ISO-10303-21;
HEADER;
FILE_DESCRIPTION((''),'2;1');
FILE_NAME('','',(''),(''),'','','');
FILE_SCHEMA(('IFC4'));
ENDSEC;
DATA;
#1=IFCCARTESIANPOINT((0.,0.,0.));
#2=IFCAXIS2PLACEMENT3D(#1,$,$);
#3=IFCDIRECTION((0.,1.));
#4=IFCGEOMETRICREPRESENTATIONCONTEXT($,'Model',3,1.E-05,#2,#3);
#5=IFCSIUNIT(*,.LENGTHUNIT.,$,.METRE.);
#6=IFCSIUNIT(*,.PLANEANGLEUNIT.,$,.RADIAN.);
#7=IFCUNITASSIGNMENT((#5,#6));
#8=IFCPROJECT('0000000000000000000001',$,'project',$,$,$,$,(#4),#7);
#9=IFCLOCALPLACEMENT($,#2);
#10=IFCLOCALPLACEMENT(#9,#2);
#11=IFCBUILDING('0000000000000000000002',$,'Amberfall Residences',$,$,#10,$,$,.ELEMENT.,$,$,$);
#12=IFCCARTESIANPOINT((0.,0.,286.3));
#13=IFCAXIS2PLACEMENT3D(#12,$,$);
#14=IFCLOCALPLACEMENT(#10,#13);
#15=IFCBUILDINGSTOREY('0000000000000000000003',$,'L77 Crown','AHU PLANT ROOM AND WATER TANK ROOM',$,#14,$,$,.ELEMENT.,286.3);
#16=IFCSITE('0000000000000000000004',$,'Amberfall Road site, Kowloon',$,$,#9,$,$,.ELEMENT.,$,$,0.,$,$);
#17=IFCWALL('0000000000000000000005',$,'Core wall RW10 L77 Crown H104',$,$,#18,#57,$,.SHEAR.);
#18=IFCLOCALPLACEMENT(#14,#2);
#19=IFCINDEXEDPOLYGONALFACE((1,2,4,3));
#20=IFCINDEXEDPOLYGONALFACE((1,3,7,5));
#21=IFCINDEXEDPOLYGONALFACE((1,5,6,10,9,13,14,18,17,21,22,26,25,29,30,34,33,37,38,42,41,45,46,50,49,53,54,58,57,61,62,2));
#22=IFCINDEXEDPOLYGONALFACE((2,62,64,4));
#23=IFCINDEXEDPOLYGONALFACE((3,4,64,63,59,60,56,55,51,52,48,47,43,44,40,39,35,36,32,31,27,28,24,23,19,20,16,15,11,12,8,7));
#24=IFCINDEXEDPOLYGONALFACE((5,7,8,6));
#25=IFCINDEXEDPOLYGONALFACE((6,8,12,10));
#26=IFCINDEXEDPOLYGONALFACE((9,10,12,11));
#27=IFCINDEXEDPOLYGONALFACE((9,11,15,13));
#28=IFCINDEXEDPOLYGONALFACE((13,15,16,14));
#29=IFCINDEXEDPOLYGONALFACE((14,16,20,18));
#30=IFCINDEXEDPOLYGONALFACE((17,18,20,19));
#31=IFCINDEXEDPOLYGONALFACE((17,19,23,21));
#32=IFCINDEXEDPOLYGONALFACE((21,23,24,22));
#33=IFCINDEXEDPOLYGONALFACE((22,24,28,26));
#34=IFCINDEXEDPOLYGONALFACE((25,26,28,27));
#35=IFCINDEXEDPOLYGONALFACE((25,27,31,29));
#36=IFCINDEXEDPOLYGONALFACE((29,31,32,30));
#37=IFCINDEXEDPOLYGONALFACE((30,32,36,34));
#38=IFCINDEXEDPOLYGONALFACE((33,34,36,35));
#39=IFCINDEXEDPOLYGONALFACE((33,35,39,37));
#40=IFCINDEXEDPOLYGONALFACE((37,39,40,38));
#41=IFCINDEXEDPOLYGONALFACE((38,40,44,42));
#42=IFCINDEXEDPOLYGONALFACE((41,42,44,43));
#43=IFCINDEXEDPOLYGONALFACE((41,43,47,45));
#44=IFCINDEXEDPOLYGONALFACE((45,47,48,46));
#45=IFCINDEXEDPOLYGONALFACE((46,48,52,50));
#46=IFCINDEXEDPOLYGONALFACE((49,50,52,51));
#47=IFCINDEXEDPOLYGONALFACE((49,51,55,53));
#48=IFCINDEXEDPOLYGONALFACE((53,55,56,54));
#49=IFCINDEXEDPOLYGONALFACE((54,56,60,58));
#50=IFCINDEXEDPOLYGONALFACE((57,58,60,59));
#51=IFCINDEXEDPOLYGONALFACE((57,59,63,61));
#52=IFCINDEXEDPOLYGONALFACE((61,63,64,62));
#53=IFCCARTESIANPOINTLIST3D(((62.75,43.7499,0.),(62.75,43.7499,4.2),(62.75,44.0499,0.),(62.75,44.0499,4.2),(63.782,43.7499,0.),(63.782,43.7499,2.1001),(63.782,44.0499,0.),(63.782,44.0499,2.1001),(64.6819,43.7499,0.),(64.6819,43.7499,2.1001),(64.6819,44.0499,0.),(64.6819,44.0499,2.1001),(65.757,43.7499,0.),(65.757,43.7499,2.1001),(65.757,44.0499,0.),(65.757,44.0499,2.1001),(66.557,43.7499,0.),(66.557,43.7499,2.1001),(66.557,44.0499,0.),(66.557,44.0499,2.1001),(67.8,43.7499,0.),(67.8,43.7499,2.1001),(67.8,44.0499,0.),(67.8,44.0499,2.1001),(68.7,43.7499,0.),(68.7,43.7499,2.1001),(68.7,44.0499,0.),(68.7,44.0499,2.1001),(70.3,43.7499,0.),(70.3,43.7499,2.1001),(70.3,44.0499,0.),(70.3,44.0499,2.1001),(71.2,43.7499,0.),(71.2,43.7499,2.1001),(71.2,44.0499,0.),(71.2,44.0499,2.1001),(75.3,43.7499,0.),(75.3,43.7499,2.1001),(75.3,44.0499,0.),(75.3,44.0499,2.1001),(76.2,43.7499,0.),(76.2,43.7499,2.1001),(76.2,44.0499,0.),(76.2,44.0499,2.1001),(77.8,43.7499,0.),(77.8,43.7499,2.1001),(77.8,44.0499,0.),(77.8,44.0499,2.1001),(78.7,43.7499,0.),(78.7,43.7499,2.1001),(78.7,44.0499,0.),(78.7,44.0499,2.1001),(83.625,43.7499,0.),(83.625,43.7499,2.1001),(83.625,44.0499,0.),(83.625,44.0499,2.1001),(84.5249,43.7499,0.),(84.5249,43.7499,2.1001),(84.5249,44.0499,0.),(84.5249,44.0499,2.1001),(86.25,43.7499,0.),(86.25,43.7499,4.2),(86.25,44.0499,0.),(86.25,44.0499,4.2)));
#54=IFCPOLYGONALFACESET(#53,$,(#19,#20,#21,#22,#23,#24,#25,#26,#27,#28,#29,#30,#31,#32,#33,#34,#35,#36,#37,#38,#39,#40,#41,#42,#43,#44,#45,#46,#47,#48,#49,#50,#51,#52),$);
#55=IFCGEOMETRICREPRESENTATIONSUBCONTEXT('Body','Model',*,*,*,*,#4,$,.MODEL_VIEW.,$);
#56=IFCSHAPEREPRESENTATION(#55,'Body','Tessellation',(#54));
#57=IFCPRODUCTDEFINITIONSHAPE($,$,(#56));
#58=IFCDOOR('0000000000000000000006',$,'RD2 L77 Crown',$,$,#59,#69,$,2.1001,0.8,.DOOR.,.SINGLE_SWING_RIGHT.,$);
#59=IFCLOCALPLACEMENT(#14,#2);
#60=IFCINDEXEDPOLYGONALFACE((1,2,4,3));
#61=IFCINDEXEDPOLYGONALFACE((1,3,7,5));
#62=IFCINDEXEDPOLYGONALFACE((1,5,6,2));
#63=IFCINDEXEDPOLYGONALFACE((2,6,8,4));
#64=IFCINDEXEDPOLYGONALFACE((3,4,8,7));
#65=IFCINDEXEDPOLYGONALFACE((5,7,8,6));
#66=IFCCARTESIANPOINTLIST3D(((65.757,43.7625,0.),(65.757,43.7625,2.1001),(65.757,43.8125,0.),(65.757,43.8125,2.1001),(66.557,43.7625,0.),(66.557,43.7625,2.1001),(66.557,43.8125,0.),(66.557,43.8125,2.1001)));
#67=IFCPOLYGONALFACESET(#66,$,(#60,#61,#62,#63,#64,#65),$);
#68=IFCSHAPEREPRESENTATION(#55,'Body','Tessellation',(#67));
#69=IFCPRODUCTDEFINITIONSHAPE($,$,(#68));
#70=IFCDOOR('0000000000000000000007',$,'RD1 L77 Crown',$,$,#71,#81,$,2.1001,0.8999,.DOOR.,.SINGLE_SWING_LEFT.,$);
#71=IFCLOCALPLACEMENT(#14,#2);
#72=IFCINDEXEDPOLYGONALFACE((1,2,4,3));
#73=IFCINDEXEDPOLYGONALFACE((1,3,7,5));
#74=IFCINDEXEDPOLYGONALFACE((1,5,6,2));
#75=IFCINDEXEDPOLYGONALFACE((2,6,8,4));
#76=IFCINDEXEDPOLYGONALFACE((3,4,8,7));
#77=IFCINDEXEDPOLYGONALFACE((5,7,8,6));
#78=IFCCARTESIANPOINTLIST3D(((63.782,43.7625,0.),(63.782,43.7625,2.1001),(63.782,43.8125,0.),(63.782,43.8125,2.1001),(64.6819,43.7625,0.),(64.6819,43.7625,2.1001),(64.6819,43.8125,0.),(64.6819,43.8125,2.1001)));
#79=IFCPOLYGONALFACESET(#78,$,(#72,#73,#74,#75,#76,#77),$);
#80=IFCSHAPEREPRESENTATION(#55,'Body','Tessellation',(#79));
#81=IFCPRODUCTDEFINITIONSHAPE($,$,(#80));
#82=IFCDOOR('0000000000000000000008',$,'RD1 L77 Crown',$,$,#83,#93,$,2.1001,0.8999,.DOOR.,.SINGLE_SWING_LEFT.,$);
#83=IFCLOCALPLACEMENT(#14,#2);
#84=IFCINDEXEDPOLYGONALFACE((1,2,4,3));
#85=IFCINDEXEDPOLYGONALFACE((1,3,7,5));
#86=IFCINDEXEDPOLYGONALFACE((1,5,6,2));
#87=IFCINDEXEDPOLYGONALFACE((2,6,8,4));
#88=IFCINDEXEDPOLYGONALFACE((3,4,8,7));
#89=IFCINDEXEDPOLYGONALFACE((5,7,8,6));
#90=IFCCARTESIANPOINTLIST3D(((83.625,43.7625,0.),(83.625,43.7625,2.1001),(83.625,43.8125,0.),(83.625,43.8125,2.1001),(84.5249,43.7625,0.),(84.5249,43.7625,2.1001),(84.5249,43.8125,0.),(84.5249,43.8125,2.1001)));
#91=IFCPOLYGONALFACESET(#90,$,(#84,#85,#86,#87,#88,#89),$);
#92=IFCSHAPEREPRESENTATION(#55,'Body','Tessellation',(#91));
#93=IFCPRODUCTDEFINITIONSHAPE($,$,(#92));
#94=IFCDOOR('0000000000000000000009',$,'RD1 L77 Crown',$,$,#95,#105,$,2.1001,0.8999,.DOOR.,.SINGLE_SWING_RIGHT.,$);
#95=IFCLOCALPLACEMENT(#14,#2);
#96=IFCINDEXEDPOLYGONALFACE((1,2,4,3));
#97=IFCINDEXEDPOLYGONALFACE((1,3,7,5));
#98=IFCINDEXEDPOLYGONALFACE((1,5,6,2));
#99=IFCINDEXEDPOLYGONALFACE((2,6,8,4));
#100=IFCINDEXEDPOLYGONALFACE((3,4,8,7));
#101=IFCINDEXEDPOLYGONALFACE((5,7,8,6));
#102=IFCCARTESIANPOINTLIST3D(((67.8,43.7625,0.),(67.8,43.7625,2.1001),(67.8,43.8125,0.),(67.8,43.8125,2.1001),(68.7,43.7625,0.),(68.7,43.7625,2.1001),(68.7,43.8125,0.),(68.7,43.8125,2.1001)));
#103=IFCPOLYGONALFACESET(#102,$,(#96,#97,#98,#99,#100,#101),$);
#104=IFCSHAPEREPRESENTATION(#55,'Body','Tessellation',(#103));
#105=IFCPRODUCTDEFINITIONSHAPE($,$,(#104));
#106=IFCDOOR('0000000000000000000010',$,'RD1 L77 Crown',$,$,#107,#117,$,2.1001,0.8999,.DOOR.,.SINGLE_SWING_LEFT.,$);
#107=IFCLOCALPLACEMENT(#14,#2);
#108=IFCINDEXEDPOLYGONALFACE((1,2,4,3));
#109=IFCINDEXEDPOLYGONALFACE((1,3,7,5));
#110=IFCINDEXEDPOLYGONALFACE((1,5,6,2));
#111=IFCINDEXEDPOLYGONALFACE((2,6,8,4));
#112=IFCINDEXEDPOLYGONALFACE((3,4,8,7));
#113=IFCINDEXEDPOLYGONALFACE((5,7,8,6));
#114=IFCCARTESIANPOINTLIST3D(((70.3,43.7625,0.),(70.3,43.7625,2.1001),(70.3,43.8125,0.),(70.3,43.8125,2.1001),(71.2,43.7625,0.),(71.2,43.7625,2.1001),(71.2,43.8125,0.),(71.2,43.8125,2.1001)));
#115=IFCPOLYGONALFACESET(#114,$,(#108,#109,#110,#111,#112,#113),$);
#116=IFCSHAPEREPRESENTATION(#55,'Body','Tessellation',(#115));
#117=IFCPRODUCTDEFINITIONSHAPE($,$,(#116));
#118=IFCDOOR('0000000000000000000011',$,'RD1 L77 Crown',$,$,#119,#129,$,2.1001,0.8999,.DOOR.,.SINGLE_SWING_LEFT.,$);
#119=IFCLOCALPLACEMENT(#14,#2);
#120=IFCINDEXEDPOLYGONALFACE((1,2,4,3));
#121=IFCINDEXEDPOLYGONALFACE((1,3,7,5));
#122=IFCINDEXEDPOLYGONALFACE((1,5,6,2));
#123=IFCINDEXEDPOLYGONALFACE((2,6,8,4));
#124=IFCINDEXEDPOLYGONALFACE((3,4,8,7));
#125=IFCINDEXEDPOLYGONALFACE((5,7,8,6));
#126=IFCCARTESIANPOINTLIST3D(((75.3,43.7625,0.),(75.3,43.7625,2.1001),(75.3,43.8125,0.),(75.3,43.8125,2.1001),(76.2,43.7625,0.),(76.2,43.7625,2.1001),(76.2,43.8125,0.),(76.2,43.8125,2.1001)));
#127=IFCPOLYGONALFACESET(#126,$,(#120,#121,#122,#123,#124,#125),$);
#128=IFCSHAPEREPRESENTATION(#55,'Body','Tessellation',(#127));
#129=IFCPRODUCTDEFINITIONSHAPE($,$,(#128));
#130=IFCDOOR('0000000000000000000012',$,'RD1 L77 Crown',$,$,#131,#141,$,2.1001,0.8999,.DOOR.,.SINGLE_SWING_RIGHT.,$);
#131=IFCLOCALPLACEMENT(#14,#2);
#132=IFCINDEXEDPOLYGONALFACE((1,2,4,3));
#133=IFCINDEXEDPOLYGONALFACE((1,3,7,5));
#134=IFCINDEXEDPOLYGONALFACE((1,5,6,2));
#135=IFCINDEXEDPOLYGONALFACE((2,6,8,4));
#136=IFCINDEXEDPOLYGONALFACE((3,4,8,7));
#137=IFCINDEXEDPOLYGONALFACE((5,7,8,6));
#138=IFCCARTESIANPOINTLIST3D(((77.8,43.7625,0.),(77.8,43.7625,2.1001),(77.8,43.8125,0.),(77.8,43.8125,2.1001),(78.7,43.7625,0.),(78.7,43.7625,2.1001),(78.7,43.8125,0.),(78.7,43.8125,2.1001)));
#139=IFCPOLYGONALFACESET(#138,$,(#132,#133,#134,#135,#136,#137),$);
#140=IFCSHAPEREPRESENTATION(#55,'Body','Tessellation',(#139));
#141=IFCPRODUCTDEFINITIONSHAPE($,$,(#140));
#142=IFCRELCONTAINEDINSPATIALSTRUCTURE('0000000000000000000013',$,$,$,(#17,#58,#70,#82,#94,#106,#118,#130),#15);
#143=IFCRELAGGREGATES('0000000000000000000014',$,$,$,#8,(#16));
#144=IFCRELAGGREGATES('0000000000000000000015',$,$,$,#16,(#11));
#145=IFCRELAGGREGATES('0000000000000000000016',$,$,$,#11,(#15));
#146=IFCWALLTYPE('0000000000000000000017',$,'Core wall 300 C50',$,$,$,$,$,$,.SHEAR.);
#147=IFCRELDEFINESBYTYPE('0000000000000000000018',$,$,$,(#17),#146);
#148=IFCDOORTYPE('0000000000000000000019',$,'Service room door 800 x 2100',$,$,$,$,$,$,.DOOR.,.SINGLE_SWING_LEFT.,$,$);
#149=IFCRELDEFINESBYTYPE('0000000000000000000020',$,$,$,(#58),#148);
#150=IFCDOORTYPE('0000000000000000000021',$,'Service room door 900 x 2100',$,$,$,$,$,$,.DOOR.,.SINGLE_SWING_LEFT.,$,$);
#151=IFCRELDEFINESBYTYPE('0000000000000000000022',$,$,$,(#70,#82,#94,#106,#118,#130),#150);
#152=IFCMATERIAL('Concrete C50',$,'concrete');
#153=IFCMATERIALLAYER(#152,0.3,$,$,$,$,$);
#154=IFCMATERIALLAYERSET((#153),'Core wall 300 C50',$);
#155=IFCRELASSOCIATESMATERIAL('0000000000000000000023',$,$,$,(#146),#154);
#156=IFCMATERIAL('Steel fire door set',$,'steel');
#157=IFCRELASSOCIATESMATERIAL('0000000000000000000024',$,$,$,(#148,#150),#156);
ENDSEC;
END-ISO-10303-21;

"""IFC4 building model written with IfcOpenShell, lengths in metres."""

from ifc_helpers import new_model, si_unit, direction, frame, frame_2d, origin, place, context, subcontext, project, spatial, rectangle, extrude, material, layer, layer_set, type_object, element, fill, save


model = new_model("IFC4")

# Units and contexts
model_context = context("Model", 3, precision=1e-05, world=origin(), true_north=direction((0.0, 1.0)))
body_context = subcontext(model_context, "Body", "Model", "MODEL_VIEW")
ifc_project = project(units=[si_unit("LENGTHUNIT", "METRE"), si_unit("PLANEANGLEUNIT", "RADIAN")], contexts=[model_context])

# Site, building, storey
site_placement = place(None, origin())
site = spatial("IfcSite", under=ifc_project, at=site_placement, Name="Amberfall Road site, Kowloon", CompositionType="ELEMENT", RefElevation=0.0)
building_placement = place(site_placement, origin())
building = spatial("IfcBuilding", under=site, at=building_placement, Name="Amberfall Residences", CompositionType="ELEMENT")
storey_placement = place(building_placement, frame((0.0, 0.0, 286.3)))
storey = spatial("IfcBuildingStorey", under=building, at=storey_placement, Name="L77 Crown", Description="AHU PLANT ROOM AND WATER TANK ROOM", CompositionType="ELEMENT", Elevation=286.3)

# Wall, openings, doors
ifc_material_1 = material(Name="Concrete C50", Category="concrete")
ifc_layer_1 = layer(ifc_material_1, 0.3)
ifc_layer_set_1 = layer_set([ifc_layer_1], Name="Core wall 300 C50")
wall_type_1 = type_object("IfcWallType", Name="Core wall 300 C50", PredefinedType="SHEAR", material=ifc_layer_set_1)
wall_1_placement = place(storey_placement, frame((62.75, 43.8999, 0.0), z_axis=(0.0, 0.0, 1.0), x_axis=(1.0, 0.0, 0.0)))
wall_1 = element("IfcWall", 1, at=wall_1_placement, inside=storey, type_object=wall_type_1, Name="Core wall RW10 L77 Crown H104", PredefinedType="SHEAR", context=body_context, shape_type="SweptSolid", body=[
    extrude(rectangle(XDim=23.5, YDim=0.3, at=frame_2d((11.75, 0.0))), origin(), (0.0, 0.0, 1.0), 4.2),
])
opening_1_placement = place(wall_1_placement, frame((1.032, 0.0, 0.0)))
opening_1 = element("IfcOpeningElement", 2, at=opening_1_placement, cuts=wall_1, PredefinedType="OPENING", context=body_context, shape_type="SweptSolid", body=[
    extrude(rectangle(XDim=0.8999, YDim=2.1001, at=frame_2d((0.45, 1.05))), frame((0.0, 0.1599, 0.0), z_axis=(0.0, -1.0, 0.0), x_axis=(1.0, 0.0, 0.0)), (0.0, 0.0, 1.0), 0.3201),
])
opening_2_placement = place(wall_1_placement, frame((3.0071, 0.0, 0.0)))
opening_2 = element("IfcOpeningElement", 3, at=opening_2_placement, cuts=wall_1, PredefinedType="OPENING", context=body_context, shape_type="SweptSolid", body=[
    extrude(rectangle(XDim=0.8, YDim=2.1001, at=frame_2d((0.3999, 1.05))), frame((0.0, 0.1599, 0.0), z_axis=(0.0, -1.0, 0.0), x_axis=(1.0, 0.0, 0.0)), (0.0, 0.0, 1.0), 0.3201),
])
opening_3_placement = place(wall_1_placement, frame((20.875, 0.0, 0.0)))
opening_3 = element("IfcOpeningElement", 4, at=opening_3_placement, cuts=wall_1, PredefinedType="OPENING", context=body_context, shape_type="SweptSolid", body=[
    extrude(rectangle(XDim=0.8999, YDim=2.1001, at=frame_2d((0.45, 1.05))), frame((0.0, 0.1599, 0.0), z_axis=(0.0, -1.0, 0.0), x_axis=(1.0, 0.0, 0.0)), (0.0, 0.0, 1.0), 0.3201),
])
opening_4_placement = place(wall_1_placement, frame((5.05, 0.0, 0.0)))
opening_4 = element("IfcOpeningElement", 5, at=opening_4_placement, cuts=wall_1, PredefinedType="OPENING", context=body_context, shape_type="SweptSolid", body=[
    extrude(rectangle(XDim=0.8999, YDim=2.1001, at=frame_2d((0.45, 1.05))), frame((0.0, 0.1599, 0.0), z_axis=(0.0, -1.0, 0.0), x_axis=(1.0, 0.0, 0.0)), (0.0, 0.0, 1.0), 0.3201),
])
opening_5_placement = place(wall_1_placement, frame((7.55, 0.0, 0.0)))
opening_5 = element("IfcOpeningElement", 6, at=opening_5_placement, cuts=wall_1, PredefinedType="OPENING", context=body_context, shape_type="SweptSolid", body=[
    extrude(rectangle(XDim=0.8999, YDim=2.1001, at=frame_2d((0.45, 1.05))), frame((0.0, 0.1599, 0.0), z_axis=(0.0, -1.0, 0.0), x_axis=(1.0, 0.0, 0.0)), (0.0, 0.0, 1.0), 0.3201),
])
opening_6_placement = place(wall_1_placement, frame((12.55, 0.0, 0.0)))
opening_6 = element("IfcOpeningElement", 7, at=opening_6_placement, cuts=wall_1, PredefinedType="OPENING", context=body_context, shape_type="SweptSolid", body=[
    extrude(rectangle(XDim=0.8999, YDim=2.1001, at=frame_2d((0.45, 1.05))), frame((0.0, 0.1599, 0.0), z_axis=(0.0, -1.0, 0.0), x_axis=(1.0, 0.0, 0.0)), (0.0, 0.0, 1.0), 0.3201),
])
opening_7_placement = place(wall_1_placement, frame((15.05, 0.0, 0.0)))
opening_7 = element("IfcOpeningElement", 8, at=opening_7_placement, cuts=wall_1, PredefinedType="OPENING", context=body_context, shape_type="SweptSolid", body=[
    extrude(rectangle(XDim=0.8999, YDim=2.1001, at=frame_2d((0.45, 1.05))), frame((0.0, 0.1599, 0.0), z_axis=(0.0, -1.0, 0.0), x_axis=(1.0, 0.0, 0.0)), (0.0, 0.0, 1.0), 0.3201),
])
ifc_material_2 = material(Name="Steel fire door set", Category="steel")
door_type_1 = type_object("IfcDoorType", Name="Service room door 800 x 2100", OperationType="SINGLE_SWING_LEFT", PredefinedType="DOOR", material=ifc_material_2)
door_1_placement = place(opening_2_placement, origin())
door_1 = element("IfcDoor", 9, at=door_1_placement, inside=storey, type_object=door_type_1, Name="RD2 L77 Crown", OperationType="SINGLE_SWING_RIGHT", OverallHeight=2.1001, OverallWidth=0.8, PredefinedType="DOOR", context=body_context, shape_type="SweptSolid", body=[
    extrude(rectangle(XDim=0.8, YDim=2.1001, at=frame_2d((0.3999, 1.05))), frame((0.0, -0.0874, 0.0), z_axis=(0.0, -1.0, 0.0), x_axis=(1.0, 0.0, 0.0)), (0.0, 0.0, 1.0), 0.05),
])
fill(opening_2, door_1)
door_type_2 = type_object("IfcDoorType", Name="Service room door 900 x 2100", OperationType="SINGLE_SWING_LEFT", PredefinedType="DOOR", material=ifc_material_2)
door_2_placement = place(opening_1_placement, origin())
door_2 = element("IfcDoor", 10, at=door_2_placement, inside=storey, type_object=door_type_2, Name="RD1 L77 Crown", OperationType="SINGLE_SWING_LEFT", OverallHeight=2.1001, OverallWidth=0.8999, PredefinedType="DOOR", context=body_context, shape_type="SweptSolid", body=[
    extrude(rectangle(XDim=0.8999, YDim=2.1001, at=frame_2d((0.45, 1.05))), frame((0.0, -0.0874, 0.0), z_axis=(0.0, -1.0, 0.0), x_axis=(1.0, 0.0, 0.0)), (0.0, 0.0, 1.0), 0.05),
])
fill(opening_1, door_2)
door_3_placement = place(opening_3_placement, origin())
door_3 = element("IfcDoor", 11, at=door_3_placement, inside=storey, type_object=door_type_2, Name="RD1 L77 Crown", OperationType="SINGLE_SWING_LEFT", OverallHeight=2.1001, OverallWidth=0.8999, PredefinedType="DOOR", context=body_context, shape_type="SweptSolid", body=[
    extrude(rectangle(XDim=0.8999, YDim=2.1001, at=frame_2d((0.45, 1.05))), frame((0.0, -0.0874, 0.0), z_axis=(0.0, -1.0, 0.0), x_axis=(1.0, 0.0, 0.0)), (0.0, 0.0, 1.0), 0.05),
])
fill(opening_3, door_3)
door_4_placement = place(opening_4_placement, origin())
door_4 = element("IfcDoor", 12, at=door_4_placement, inside=storey, type_object=door_type_2, Name="RD1 L77 Crown", OperationType="SINGLE_SWING_RIGHT", OverallHeight=2.1001, OverallWidth=0.8999, PredefinedType="DOOR", context=body_context, shape_type="SweptSolid", body=[
    extrude(rectangle(XDim=0.8999, YDim=2.1001, at=frame_2d((0.45, 1.05))), frame((0.0, -0.0874, 0.0), z_axis=(0.0, -1.0, 0.0), x_axis=(1.0, 0.0, 0.0)), (0.0, 0.0, 1.0), 0.05),
])
fill(opening_4, door_4)
door_5_placement = place(opening_5_placement, origin())
door_5 = element("IfcDoor", 13, at=door_5_placement, inside=storey, type_object=door_type_2, Name="RD1 L77 Crown", OperationType="SINGLE_SWING_LEFT", OverallHeight=2.1001, OverallWidth=0.8999, PredefinedType="DOOR", context=body_context, shape_type="SweptSolid", body=[
    extrude(rectangle(XDim=0.8999, YDim=2.1001, at=frame_2d((0.45, 1.05))), frame((0.0, -0.0874, 0.0), z_axis=(0.0, -1.0, 0.0), x_axis=(1.0, 0.0, 0.0)), (0.0, 0.0, 1.0), 0.05),
])
fill(opening_5, door_5)
door_6_placement = place(opening_6_placement, origin())
door_6 = element("IfcDoor", 14, at=door_6_placement, inside=storey, type_object=door_type_2, Name="RD1 L77 Crown", OperationType="SINGLE_SWING_LEFT", OverallHeight=2.1001, OverallWidth=0.8999, PredefinedType="DOOR", context=body_context, shape_type="SweptSolid", body=[
    extrude(rectangle(XDim=0.8999, YDim=2.1001, at=frame_2d((0.45, 1.05))), frame((0.0, -0.0874, 0.0), z_axis=(0.0, -1.0, 0.0), x_axis=(1.0, 0.0, 0.0)), (0.0, 0.0, 1.0), 0.05),
])
fill(opening_6, door_6)
door_7_placement = place(opening_7_placement, origin())
door_7 = element("IfcDoor", 15, at=door_7_placement, inside=storey, type_object=door_type_2, Name="RD1 L77 Crown", OperationType="SINGLE_SWING_RIGHT", OverallHeight=2.1001, OverallWidth=0.8999, PredefinedType="DOOR", context=body_context, shape_type="SweptSolid", body=[
    extrude(rectangle(XDim=0.8999, YDim=2.1001, at=frame_2d((0.45, 1.05))), frame((0.0, -0.0874, 0.0), z_axis=(0.0, -1.0, 0.0), x_axis=(1.0, 0.0, 0.0)), (0.0, 0.0, 1.0), 0.05),
])
fill(opening_7, door_7)

save(model, "model.ifc")
